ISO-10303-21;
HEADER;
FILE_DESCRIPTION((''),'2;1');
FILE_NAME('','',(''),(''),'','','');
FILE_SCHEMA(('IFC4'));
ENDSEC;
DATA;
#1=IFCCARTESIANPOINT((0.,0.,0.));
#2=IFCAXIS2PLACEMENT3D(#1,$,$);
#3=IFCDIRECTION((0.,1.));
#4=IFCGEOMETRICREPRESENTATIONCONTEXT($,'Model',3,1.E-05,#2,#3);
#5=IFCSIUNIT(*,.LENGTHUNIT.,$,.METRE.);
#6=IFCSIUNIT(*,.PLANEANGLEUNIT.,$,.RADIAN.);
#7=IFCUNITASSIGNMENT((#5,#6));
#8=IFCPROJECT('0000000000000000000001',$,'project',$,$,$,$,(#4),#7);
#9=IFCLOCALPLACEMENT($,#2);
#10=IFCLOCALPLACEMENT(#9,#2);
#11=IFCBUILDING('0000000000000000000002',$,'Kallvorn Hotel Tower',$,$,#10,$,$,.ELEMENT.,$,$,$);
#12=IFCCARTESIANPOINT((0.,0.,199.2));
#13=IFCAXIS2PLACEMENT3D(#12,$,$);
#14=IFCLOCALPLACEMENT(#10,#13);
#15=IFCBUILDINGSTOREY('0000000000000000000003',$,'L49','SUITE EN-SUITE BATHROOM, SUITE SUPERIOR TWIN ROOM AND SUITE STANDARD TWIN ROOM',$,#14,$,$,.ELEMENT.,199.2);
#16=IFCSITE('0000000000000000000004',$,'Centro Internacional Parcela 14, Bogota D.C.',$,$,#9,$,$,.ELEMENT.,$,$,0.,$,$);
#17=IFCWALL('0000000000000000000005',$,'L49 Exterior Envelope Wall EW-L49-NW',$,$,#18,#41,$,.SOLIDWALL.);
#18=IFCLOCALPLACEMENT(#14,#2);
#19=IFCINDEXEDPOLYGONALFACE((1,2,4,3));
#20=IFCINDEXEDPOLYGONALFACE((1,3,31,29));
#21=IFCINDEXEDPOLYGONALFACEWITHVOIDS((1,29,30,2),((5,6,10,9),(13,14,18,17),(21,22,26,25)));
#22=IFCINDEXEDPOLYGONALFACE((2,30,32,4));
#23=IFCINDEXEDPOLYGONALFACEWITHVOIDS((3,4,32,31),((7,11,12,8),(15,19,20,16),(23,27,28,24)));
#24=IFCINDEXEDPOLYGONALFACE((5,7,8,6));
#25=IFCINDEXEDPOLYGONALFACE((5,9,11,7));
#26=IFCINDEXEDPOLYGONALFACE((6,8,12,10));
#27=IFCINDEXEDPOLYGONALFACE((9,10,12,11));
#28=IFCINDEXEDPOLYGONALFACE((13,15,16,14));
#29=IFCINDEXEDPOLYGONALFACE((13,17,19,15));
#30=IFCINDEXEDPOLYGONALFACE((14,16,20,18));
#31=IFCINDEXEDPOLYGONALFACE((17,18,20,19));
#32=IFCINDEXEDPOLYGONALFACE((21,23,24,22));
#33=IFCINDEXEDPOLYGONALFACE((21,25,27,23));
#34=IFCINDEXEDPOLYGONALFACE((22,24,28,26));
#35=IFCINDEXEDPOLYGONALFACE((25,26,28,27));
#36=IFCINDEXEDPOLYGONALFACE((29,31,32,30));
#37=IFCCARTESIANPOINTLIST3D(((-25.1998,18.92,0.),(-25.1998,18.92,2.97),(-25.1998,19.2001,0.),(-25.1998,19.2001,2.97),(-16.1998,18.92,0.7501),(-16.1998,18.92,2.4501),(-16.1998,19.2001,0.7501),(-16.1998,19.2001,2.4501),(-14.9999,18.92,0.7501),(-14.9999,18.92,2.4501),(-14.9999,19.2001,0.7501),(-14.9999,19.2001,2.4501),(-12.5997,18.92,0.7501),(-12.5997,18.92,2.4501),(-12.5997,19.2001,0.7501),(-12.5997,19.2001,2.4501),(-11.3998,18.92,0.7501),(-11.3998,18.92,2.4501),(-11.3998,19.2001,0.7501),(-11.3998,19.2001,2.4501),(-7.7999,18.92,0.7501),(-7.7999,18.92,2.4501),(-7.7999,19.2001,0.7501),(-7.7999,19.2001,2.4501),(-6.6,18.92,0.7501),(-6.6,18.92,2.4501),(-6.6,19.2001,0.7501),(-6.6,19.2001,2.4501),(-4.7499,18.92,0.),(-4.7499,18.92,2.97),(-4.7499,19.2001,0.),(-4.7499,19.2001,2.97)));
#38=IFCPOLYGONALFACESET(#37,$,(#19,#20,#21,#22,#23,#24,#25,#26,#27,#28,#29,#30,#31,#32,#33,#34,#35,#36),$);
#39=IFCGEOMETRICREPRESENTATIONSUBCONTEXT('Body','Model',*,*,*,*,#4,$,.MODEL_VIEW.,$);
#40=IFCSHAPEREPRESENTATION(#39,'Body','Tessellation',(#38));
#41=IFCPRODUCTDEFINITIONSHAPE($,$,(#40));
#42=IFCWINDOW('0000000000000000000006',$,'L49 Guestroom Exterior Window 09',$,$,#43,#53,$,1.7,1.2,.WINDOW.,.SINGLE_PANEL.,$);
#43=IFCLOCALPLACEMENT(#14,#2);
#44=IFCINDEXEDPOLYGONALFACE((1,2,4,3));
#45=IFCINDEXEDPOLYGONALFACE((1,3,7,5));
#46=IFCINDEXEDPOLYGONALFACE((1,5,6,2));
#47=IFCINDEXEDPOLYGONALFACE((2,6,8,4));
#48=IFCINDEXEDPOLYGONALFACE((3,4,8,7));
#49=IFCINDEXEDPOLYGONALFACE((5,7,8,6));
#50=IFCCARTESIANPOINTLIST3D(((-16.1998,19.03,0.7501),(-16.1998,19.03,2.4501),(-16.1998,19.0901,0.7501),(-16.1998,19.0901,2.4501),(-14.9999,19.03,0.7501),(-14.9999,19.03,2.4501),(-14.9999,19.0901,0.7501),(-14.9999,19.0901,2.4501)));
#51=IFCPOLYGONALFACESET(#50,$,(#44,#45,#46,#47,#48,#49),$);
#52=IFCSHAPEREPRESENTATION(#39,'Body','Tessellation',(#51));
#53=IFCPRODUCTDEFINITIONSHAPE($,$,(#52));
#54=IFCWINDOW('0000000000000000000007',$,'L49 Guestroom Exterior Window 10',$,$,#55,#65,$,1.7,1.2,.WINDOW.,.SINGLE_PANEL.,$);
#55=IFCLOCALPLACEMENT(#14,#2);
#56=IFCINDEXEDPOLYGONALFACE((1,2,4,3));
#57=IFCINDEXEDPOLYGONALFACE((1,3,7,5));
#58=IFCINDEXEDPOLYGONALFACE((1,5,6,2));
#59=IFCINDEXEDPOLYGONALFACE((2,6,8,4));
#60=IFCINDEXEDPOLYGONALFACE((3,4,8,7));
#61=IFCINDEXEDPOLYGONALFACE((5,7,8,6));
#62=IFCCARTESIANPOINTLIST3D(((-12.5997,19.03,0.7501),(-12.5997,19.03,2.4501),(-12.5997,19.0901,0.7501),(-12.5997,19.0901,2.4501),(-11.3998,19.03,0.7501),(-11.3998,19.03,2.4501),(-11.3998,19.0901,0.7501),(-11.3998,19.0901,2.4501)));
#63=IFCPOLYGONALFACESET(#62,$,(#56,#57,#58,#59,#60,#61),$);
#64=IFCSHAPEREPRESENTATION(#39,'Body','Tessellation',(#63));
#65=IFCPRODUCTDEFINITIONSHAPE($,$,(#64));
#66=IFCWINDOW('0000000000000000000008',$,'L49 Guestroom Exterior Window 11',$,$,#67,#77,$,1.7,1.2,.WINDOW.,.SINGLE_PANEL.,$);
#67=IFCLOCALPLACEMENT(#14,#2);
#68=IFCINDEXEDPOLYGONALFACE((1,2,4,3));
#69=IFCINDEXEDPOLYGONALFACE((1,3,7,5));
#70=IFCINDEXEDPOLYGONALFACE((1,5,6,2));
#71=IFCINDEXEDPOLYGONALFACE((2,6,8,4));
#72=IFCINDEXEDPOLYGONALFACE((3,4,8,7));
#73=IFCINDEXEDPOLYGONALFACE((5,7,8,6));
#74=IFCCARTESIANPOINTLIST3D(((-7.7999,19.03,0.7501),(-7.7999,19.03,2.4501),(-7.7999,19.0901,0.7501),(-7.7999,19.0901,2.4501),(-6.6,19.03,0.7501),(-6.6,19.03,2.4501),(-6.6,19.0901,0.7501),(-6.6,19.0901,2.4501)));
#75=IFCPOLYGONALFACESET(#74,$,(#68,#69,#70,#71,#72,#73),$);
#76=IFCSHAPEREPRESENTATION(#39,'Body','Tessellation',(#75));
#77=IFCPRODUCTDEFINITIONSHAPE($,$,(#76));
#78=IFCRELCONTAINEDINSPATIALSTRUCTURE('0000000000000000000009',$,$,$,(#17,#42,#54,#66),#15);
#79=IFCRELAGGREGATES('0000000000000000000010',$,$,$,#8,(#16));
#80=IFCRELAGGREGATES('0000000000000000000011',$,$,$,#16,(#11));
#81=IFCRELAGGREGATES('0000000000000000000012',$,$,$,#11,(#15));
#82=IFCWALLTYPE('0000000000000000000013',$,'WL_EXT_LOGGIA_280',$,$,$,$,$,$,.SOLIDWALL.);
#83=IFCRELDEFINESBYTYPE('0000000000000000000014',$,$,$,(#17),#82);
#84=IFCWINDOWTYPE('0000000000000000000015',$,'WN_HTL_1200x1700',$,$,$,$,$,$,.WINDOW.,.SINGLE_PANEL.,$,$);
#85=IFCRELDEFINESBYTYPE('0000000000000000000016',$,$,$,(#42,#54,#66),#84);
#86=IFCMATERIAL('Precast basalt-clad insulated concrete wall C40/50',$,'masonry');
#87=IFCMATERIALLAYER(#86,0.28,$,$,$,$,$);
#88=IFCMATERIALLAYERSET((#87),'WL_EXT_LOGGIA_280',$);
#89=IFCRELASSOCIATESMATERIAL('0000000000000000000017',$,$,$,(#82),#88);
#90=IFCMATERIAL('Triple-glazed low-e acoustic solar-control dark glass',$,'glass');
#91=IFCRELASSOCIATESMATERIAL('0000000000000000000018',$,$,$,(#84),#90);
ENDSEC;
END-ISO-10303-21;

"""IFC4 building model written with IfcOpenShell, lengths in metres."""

from ifc_helpers import new_model, si_unit, direction, frame, frame_2d, origin, place, context, subcontext, project, spatial, rectangle, extrude, material, layer, layer_set, type_object, element, fill, save


model = new_model("IFC4")

# Units and contexts
model_context = context("Model", 3, precision=1e-05, world=origin(), true_north=direction((0.0, 1.0)))
body_context = subcontext(model_context, "Body", "Model", "MODEL_VIEW")
ifc_project = project(units=[si_unit("LENGTHUNIT", "METRE"), si_unit("PLANEANGLEUNIT", "RADIAN")], contexts=[model_context])

# Site, building, storey
site_placement = place(None, origin())
site = spatial("IfcSite", under=ifc_project, at=site_placement, Name="Centro Internacional Parcela 14, Bogota D.C.", CompositionType="ELEMENT", RefElevation=0.0)
building_placement = place(site_placement, origin())
building = spatial("IfcBuilding", under=site, at=building_placement, Name="Kallvorn Hotel Tower", CompositionType="ELEMENT")
storey_placement = place(building_placement, frame((0.0, 0.0, 199.2)))
storey = spatial("IfcBuildingStorey", under=building, at=storey_placement, Name="L49", Description="SUITE EN-SUITE BATHROOM, SUITE SUPERIOR TWIN ROOM AND SUITE STANDARD TWIN ROOM", CompositionType="ELEMENT", Elevation=199.2)

# Shared definitions
ifc_material_1 = material(Name="Precast basalt-clad insulated concrete wall C40/50", Category="masonry")
ifc_layer_1 = layer(ifc_material_1, 0.28)
ifc_layer_set_1 = layer_set([ifc_layer_1], Name="WL_EXT_LOGGIA_280")
wall_type_1 = type_object("IfcWallType", Name="WL_EXT_LOGGIA_280", PredefinedType="SOLIDWALL", material=ifc_layer_set_1)

# Wall, openings, windows
wall_1_placement = place(storey_placement, frame((-25.2, 19.0601, 0.0), z_axis=(0.0, 0.0, 1.0), x_axis=(1.0, 0.0, 0.0)))
wall_1 = element("IfcWall", 1, at=wall_1_placement, inside=storey, type_object=wall_type_1, Name="L49 Exterior Envelope Wall EW-L49-NW", PredefinedType="SOLIDWALL", context=body_context, shape_type="SweptSolid", body=[
    extrude(rectangle(XDim=20.45, YDim=0.28, at=frame_2d((10.2251, 0.0))), origin(), (0.0, 0.0, 1.0), 2.97),
])
opening_1_placement = place(wall_1_placement, frame((9.0, 0.0, 0.75)))
opening_1 = element("IfcOpeningElement", 2, at=opening_1_placement, cuts=wall_1, PredefinedType="OPENING", context=body_context, shape_type="SweptSolid", body=[
    extrude(rectangle(XDim=1.2, YDim=1.7, at=frame_2d((0.6001, 0.8501))), frame((0.0, 0.155, 0.0), z_axis=(0.0, -1.0, 0.0), x_axis=(1.0, 0.0, 0.0)), (0.0, 0.0, 1.0), 0.3101),
])
opening_2_placement = place(wall_1_placement, frame((12.6001, 0.0, 0.75)))
opening_2 = element("IfcOpeningElement", 3, at=opening_2_placement, cuts=wall_1, PredefinedType="OPENING", context=body_context, shape_type="SweptSolid", body=[
    extrude(rectangle(XDim=1.2, YDim=1.7, at=frame_2d((0.6001, 0.8501))), frame((0.0, 0.155, 0.0), z_axis=(0.0, -1.0, 0.0), x_axis=(1.0, 0.0, 0.0)), (0.0, 0.0, 1.0), 0.3101),
])
opening_3_placement = place(wall_1_placement, frame((17.3999, 0.0, 0.75)))
opening_3 = element("IfcOpeningElement", 4, at=opening_3_placement, cuts=wall_1, PredefinedType="OPENING", context=body_context, shape_type="SweptSolid", body=[
    extrude(rectangle(XDim=1.2, YDim=1.7, at=frame_2d((0.6001, 0.8501))), frame((0.0, 0.155, 0.0), z_axis=(0.0, -1.0, 0.0), x_axis=(1.0, 0.0, 0.0)), (0.0, 0.0, 1.0), 0.3101),
])
ifc_material_2 = material(Name="Triple-glazed low-e acoustic solar-control dark glass", Category="glass")
window_type = type_object("IfcWindowType", Name="WN_HTL_1200x1700", PartitioningType="SINGLE_PANEL", PredefinedType="WINDOW", material=ifc_material_2)
window_1_placement = place(opening_1_placement, origin())
window_1 = element("IfcWindow", 5, at=window_1_placement, inside=storey, type_object=window_type, Name="L49 Guestroom Exterior Window 09", OverallHeight=1.7, OverallWidth=1.2, PartitioningType="SINGLE_PANEL", PredefinedType="WINDOW", context=body_context, shape_type="SweptSolid", body=[
    extrude(rectangle(XDim=1.2, YDim=1.7, at=frame_2d((0.6001, 0.8501))), frame((0.0, 0.03, 0.0), z_axis=(0.0, -1.0, 0.0), x_axis=(1.0, 0.0, 0.0)), (0.0, 0.0, 1.0), 0.0601),
])
fill(opening_1, window_1)
window_2_placement = place(opening_2_placement, origin())
window_2 = element("IfcWindow", 6, at=window_2_placement, inside=storey, type_object=window_type, Name="L49 Guestroom Exterior Window 10", OverallHeight=1.7, OverallWidth=1.2, PartitioningType="SINGLE_PANEL", PredefinedType="WINDOW", context=body_context, shape_type="SweptSolid", body=[
    extrude(rectangle(XDim=1.2, YDim=1.7, at=frame_2d((0.6001, 0.8501))), frame((0.0, 0.03, 0.0), z_axis=(0.0, -1.0, 0.0), x_axis=(1.0, 0.0, 0.0)), (0.0, 0.0, 1.0), 0.0601),
])
fill(opening_2, window_2)
window_3_placement = place(opening_3_placement, origin())
window_3 = element("IfcWindow", 7, at=window_3_placement, inside=storey, type_object=window_type, Name="L49 Guestroom Exterior Window 11", OverallHeight=1.7, OverallWidth=1.2, PartitioningType="SINGLE_PANEL", PredefinedType="WINDOW", context=body_context, shape_type="SweptSolid", body=[
    extrude(rectangle(XDim=1.2, YDim=1.7, at=frame_2d((0.6001, 0.8501))), frame((0.0, 0.03, 0.0), z_axis=(0.0, -1.0, 0.0), x_axis=(1.0, 0.0, 0.0)), (0.0, 0.0, 1.0), 0.0601),
])
fill(opening_3, window_3)

save(model, "model.ifc")
